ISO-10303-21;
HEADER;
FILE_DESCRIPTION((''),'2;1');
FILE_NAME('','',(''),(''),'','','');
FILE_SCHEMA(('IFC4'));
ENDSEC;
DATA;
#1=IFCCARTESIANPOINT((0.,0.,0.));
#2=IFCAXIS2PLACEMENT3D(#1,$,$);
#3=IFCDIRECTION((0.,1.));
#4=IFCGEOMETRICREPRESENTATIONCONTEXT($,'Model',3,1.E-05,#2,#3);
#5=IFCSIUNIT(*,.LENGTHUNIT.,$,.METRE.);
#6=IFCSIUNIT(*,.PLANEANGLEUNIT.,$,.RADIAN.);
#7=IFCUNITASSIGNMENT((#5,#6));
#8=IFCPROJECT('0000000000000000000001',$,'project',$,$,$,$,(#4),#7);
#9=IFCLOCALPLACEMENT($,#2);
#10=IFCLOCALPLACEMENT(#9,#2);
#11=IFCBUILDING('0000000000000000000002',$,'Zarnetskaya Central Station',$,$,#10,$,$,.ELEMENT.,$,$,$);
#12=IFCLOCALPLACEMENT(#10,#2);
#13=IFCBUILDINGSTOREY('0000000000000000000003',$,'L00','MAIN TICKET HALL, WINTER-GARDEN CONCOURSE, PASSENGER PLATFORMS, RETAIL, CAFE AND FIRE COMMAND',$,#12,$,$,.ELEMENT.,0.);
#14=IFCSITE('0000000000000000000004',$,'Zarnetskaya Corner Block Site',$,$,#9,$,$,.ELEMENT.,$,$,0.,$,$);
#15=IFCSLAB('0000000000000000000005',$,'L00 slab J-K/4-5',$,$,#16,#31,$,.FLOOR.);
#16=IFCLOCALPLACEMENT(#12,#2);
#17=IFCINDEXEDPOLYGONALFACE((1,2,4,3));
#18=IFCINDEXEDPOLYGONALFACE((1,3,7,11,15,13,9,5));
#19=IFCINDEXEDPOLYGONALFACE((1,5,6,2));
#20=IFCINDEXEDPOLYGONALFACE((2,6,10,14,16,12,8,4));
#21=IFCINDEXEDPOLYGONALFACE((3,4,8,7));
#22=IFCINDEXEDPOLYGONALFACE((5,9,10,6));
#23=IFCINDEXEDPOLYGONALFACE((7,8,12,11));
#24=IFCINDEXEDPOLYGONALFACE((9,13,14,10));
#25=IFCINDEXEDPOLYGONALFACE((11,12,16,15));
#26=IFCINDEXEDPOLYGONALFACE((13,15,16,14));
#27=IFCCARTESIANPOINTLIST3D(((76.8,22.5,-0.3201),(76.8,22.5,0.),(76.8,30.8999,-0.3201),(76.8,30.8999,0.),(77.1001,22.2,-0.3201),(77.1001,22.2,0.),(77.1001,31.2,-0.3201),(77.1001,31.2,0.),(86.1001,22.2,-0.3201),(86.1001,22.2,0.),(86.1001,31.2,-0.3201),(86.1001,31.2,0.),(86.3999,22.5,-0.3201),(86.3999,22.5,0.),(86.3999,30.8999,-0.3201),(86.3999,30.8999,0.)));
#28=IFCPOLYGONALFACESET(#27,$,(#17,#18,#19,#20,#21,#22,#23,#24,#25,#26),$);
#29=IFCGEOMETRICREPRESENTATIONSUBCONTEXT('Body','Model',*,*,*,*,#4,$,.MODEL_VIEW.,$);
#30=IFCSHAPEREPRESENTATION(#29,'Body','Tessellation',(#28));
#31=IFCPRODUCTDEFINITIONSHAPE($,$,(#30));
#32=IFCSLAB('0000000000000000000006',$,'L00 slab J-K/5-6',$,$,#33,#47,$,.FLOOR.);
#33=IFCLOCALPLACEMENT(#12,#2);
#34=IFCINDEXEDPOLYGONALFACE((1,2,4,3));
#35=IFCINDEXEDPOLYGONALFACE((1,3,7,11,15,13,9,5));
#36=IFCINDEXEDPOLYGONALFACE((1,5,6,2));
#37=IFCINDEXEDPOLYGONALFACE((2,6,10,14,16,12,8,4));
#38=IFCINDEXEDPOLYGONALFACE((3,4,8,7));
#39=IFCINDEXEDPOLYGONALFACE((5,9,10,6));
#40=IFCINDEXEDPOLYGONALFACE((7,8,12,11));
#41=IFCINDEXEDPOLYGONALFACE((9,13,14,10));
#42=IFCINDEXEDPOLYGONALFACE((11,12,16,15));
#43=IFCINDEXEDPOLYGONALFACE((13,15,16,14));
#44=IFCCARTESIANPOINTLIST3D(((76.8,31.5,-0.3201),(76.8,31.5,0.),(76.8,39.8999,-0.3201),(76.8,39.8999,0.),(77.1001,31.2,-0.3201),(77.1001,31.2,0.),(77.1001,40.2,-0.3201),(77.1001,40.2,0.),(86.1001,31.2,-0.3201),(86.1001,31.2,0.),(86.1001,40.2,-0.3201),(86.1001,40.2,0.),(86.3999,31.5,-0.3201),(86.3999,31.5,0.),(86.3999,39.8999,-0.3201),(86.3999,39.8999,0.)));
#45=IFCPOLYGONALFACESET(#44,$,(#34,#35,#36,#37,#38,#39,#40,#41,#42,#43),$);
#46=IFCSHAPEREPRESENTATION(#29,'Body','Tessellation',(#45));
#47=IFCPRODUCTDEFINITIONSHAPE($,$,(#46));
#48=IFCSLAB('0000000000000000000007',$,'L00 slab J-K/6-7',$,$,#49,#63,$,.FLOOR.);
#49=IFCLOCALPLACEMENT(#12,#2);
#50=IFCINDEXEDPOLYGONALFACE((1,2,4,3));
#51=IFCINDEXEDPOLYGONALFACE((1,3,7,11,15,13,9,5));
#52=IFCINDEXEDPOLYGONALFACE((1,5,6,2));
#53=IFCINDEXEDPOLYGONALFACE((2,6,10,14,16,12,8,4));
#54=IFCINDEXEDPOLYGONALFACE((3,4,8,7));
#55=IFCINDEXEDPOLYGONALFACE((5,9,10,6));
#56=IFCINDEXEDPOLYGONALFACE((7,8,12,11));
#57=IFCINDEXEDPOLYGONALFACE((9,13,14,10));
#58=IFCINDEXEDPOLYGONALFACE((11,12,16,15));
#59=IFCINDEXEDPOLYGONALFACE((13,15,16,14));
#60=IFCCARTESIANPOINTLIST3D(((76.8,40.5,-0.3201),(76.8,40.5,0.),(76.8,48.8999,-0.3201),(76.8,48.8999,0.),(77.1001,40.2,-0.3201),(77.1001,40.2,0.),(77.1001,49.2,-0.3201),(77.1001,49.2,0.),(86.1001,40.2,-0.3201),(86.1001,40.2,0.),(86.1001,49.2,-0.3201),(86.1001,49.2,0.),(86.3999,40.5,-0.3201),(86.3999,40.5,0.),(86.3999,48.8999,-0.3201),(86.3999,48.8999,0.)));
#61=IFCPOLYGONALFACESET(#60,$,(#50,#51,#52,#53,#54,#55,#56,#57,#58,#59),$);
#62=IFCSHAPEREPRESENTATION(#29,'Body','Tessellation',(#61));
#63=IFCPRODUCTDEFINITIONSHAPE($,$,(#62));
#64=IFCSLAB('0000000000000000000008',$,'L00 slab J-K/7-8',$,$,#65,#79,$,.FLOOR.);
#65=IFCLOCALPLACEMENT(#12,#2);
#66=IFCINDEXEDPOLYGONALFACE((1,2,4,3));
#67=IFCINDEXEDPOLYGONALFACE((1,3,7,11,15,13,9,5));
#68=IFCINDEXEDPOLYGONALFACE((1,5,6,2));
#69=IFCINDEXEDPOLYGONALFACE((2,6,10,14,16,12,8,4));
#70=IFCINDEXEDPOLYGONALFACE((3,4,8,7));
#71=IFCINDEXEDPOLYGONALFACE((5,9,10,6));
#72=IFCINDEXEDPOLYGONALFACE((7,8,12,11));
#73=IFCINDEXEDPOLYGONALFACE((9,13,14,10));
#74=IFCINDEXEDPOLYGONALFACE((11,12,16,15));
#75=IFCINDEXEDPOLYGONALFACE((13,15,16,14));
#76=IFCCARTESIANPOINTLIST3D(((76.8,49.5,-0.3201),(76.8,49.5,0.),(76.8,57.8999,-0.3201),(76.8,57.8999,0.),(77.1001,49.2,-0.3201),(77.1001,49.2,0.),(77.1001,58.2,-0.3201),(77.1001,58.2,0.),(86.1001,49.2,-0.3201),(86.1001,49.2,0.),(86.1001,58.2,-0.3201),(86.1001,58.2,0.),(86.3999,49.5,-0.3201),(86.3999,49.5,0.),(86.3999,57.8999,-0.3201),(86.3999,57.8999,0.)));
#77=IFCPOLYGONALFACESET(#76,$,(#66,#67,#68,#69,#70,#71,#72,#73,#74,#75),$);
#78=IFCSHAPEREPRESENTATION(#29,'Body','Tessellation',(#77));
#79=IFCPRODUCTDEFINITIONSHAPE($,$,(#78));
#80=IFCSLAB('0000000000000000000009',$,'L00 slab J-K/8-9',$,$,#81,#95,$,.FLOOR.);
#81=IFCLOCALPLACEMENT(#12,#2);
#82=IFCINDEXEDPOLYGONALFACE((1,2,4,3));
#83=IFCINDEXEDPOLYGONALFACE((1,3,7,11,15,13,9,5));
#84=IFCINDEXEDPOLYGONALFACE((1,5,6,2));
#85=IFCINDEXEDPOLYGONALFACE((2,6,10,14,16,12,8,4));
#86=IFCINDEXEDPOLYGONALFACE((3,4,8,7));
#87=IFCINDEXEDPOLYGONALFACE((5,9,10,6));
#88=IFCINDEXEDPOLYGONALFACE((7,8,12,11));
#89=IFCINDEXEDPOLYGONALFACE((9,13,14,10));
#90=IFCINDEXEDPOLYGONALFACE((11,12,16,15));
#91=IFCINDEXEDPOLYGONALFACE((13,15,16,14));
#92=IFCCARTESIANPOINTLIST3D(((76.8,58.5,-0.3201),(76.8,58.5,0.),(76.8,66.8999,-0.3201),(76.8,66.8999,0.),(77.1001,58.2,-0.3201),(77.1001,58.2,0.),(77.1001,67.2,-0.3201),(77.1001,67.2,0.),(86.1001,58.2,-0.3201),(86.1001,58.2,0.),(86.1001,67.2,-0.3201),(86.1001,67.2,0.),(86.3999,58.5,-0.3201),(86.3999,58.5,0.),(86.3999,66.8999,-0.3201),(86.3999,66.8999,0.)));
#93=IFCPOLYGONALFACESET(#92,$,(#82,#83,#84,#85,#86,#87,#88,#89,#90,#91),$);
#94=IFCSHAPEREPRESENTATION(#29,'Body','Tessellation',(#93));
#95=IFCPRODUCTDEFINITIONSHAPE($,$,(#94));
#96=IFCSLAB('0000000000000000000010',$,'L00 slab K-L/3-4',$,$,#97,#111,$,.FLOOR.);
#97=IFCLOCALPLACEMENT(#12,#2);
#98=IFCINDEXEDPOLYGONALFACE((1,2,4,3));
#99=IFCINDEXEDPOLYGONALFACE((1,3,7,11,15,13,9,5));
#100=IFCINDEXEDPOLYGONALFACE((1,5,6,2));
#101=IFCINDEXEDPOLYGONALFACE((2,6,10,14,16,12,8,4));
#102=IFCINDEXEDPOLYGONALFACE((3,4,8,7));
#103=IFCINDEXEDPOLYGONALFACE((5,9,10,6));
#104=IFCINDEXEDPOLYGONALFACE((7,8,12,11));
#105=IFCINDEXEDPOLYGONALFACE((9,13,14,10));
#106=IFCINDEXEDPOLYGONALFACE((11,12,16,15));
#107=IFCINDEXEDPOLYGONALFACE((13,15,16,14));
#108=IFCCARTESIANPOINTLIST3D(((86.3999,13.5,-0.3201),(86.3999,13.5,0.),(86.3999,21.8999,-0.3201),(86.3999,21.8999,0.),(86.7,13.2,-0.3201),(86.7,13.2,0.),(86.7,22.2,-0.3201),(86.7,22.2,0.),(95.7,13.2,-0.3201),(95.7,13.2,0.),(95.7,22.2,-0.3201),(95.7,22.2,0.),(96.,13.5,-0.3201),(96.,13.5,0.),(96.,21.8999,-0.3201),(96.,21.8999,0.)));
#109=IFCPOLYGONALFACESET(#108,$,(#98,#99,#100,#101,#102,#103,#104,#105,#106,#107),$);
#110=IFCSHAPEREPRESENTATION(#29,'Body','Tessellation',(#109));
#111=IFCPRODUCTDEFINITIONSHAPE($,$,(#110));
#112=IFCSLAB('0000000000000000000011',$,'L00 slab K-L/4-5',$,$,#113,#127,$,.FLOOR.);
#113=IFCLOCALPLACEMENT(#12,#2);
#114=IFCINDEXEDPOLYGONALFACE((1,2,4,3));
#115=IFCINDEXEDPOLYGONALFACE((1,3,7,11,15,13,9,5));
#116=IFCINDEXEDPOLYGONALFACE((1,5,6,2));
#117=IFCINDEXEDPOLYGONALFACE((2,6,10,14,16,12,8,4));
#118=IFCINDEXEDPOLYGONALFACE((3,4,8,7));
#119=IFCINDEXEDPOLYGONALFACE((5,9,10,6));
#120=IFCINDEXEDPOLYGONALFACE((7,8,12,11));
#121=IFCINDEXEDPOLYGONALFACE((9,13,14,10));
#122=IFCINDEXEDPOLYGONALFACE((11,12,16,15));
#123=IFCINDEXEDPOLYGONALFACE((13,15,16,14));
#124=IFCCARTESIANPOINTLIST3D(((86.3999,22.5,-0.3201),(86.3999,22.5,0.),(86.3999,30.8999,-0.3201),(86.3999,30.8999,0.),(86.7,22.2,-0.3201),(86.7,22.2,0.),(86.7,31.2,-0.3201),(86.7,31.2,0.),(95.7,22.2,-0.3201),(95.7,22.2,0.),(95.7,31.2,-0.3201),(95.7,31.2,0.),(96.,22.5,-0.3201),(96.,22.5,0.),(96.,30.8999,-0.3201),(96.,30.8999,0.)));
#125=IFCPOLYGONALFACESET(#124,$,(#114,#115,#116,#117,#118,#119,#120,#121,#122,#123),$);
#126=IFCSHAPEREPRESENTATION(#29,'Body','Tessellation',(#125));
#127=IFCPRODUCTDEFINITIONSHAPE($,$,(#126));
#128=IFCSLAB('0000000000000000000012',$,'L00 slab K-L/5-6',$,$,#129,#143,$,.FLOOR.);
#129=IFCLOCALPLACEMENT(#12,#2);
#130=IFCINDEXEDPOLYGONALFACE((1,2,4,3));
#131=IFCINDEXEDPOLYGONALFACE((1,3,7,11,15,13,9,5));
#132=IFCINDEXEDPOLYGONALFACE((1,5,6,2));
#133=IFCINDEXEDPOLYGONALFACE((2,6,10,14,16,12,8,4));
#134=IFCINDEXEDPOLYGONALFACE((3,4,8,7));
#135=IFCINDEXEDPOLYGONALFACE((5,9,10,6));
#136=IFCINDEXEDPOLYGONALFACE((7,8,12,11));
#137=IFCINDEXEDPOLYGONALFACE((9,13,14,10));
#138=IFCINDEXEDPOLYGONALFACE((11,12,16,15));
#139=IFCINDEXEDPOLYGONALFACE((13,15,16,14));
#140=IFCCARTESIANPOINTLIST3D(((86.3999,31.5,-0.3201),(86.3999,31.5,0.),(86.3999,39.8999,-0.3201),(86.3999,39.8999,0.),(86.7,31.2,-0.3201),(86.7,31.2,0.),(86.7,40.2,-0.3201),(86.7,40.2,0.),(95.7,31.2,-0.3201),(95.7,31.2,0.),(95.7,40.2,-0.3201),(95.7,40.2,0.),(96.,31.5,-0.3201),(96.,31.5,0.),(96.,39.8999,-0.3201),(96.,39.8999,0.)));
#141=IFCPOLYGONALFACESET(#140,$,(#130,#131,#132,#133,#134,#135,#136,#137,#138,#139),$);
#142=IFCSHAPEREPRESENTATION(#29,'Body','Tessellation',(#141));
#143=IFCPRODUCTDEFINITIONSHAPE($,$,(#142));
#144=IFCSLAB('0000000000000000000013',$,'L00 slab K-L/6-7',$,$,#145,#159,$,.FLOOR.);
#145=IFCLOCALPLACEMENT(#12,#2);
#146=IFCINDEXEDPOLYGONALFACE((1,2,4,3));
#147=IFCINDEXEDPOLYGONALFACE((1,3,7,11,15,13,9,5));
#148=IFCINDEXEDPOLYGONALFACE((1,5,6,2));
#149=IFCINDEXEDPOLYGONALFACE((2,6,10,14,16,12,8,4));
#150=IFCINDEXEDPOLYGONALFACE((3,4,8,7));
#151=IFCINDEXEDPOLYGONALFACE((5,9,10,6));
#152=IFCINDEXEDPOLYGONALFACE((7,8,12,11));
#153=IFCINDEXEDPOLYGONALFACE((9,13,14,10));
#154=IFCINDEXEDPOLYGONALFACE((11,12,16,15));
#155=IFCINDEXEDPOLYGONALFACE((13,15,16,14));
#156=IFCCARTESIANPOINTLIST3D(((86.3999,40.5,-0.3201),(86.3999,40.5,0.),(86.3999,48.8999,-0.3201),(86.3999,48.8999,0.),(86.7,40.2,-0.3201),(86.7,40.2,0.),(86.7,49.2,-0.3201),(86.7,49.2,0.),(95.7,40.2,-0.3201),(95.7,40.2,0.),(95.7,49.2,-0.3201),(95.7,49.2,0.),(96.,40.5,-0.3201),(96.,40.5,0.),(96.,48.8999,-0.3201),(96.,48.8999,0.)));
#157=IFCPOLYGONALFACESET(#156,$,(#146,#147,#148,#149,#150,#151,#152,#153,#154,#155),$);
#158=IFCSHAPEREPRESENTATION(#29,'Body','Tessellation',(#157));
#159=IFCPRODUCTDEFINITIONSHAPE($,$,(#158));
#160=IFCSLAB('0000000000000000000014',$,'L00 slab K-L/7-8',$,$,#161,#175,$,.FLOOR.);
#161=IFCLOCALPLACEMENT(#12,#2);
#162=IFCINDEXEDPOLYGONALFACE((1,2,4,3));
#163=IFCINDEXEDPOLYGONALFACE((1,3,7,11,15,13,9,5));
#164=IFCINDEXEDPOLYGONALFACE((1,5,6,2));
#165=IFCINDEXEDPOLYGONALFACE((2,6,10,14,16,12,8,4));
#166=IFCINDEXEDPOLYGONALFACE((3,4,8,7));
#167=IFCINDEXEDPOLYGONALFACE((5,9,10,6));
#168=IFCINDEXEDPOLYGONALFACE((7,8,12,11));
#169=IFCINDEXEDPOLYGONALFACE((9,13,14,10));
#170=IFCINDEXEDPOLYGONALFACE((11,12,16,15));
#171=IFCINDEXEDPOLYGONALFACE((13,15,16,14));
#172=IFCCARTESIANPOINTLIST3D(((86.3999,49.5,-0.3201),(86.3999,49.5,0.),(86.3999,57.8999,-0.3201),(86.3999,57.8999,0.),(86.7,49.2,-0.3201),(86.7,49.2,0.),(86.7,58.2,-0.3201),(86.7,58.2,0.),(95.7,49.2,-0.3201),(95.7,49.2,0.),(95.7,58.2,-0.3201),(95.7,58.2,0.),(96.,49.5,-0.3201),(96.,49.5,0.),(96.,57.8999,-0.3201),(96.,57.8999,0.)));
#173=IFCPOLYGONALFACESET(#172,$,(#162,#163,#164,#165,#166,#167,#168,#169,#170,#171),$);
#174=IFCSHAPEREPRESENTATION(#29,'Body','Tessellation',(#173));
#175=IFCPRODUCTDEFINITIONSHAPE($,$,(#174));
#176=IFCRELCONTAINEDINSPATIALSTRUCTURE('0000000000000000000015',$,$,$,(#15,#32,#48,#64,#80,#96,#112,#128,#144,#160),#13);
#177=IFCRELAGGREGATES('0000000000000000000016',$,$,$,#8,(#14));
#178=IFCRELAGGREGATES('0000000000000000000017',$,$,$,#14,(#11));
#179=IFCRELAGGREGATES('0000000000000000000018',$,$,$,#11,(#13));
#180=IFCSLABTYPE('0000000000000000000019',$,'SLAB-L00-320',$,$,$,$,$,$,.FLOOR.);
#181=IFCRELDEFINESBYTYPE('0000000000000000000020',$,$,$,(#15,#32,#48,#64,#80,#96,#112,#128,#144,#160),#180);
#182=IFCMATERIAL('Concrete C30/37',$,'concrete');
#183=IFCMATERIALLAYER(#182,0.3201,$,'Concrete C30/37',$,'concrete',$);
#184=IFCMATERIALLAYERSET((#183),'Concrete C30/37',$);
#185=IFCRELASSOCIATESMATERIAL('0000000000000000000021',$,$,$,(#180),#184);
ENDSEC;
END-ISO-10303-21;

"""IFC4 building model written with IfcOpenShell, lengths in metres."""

from ifc_helpers import new_model, si_unit, direction, frame, origin, place, context, subcontext, project, spatial, polyline, outline, extrude, material, layer, layer_set, type_object, element, save


model = new_model("IFC4")

# Units and contexts
model_context = context("Model", 3, precision=1e-05, world=origin(), true_north=direction((0.0, 1.0)))
body_context = subcontext(model_context, "Body", "Model", "MODEL_VIEW")
ifc_project = project(units=[si_unit("LENGTHUNIT", "METRE"), si_unit("PLANEANGLEUNIT", "RADIAN")], contexts=[model_context])

# Site, building, storey
site_placement = place(None, origin())
site = spatial("IfcSite", under=ifc_project, at=site_placement, Name="Zarnetskaya Corner Block Site", CompositionType="ELEMENT", RefElevation=0.0)
building_placement = place(site_placement, origin())
building = spatial("IfcBuilding", under=site, at=building_placement, Name="Zarnetskaya Central Station", CompositionType="ELEMENT")
storey_placement = place(building_placement, origin())
storey = spatial("IfcBuildingStorey", under=building, at=storey_placement, Name="L00", Description="MAIN TICKET HALL, WINTER-GARDEN CONCOURSE, PASSENGER PLATFORMS, RETAIL, CAFE AND FIRE COMMAND", CompositionType="ELEMENT", Elevation=0.0)

# Slabs
ifc_material = material(Name="Concrete C30/37", Category="concrete")
ifc_layer = layer(ifc_material, 0.3201, Name="Concrete C30/37", Category="concrete")
ifc_layer_set = layer_set([ifc_layer], Name="Concrete C30/37")
slab_type = type_object("IfcSlabType", Name="SLAB-L00-320", PredefinedType="FLOOR", material=ifc_layer_set)
slab_1_placement = place(storey_placement, frame((0.0, 0.0, -0.3201)))
element("IfcSlab", 1, at=slab_1_placement, inside=storey, type_object=slab_type, Name="L00 slab J-K/4-5", PredefinedType="FLOOR", context=body_context, shape_type="SweptSolid", body=[
    extrude(outline(polyline([(77.1001, 22.2), (86.1001, 22.2), (86.3999, 22.5), (86.3999, 30.8999), (86.1001, 31.2), (77.1001, 31.2), (76.8, 30.8999), (76.8, 22.5), (77.1001, 22.2)])), origin(), (0.0, 0.0, 1.0), 0.3201),
])
slab_2_placement = place(storey_placement, frame((0.0, 0.0, -0.3201)))
element("IfcSlab", 2, at=slab_2_placement, inside=storey, type_object=slab_type, Name="L00 slab J-K/5-6", PredefinedType="FLOOR", context=body_context, shape_type="SweptSolid", body=[
    extrude(outline(polyline([(77.1001, 31.2), (86.1001, 31.2), (86.3999, 31.5), (86.3999, 39.8999), (86.1001, 40.2), (77.1001, 40.2), (76.8, 39.8999), (76.8, 31.5), (77.1001, 31.2)])), origin(), (0.0, 0.0, 1.0), 0.3201),
])
slab_3_placement = place(storey_placement, frame((0.0, 0.0, -0.3201)))
element("IfcSlab", 3, at=slab_3_placement, inside=storey, type_object=slab_type, Name="L00 slab J-K/6-7", PredefinedType="FLOOR", context=body_context, shape_type="SweptSolid", body=[
    extrude(outline(polyline([(77.1001, 40.2), (86.1001, 40.2), (86.3999, 40.5), (86.3999, 48.8999), (86.1001, 49.2), (77.1001, 49.2), (76.8, 48.8999), (76.8, 40.5), (77.1001, 40.2)])), origin(), (0.0, 0.0, 1.0), 0.3201),
])
slab_4_placement = place(storey_placement, frame((0.0, 0.0, -0.3201)))
element("IfcSlab", 4, at=slab_4_placement, inside=storey, type_object=slab_type, Name="L00 slab J-K/7-8", PredefinedType="FLOOR", context=body_context, shape_type="SweptSolid", body=[
    extrude(outline(polyline([(77.1001, 49.2), (86.1001, 49.2), (86.3999, 49.5), (86.3999, 57.8999), (86.1001, 58.2), (77.1001, 58.2), (76.8, 57.8999), (76.8, 49.5), (77.1001, 49.2)])), origin(), (0.0, 0.0, 1.0), 0.3201),
])
slab_5_placement = place(storey_placement, frame((0.0, 0.0, -0.3201)))
element("IfcSlab", 5, at=slab_5_placement, inside=storey, type_object=slab_type, Name="L00 slab J-K/8-9", PredefinedType="FLOOR", context=body_context, shape_type="SweptSolid", body=[
    extrude(outline(polyline([(77.1001, 58.2), (86.1001, 58.2), (86.3999, 58.5), (86.3999, 66.8999), (86.1001, 67.2), (77.1001, 67.2), (76.8, 66.8999), (76.8, 58.5), (77.1001, 58.2)])), origin(), (0.0, 0.0, 1.0), 0.3201),
])
slab_6_placement = place(storey_placement, frame((0.0, 0.0, -0.3201)))
element("IfcSlab", 6, at=slab_6_placement, inside=storey, type_object=slab_type, Name="L00 slab K-L/3-4", PredefinedType="FLOOR", context=body_context, shape_type="SweptSolid", body=[
    extrude(outline(polyline([(86.7, 13.2), (95.7, 13.2), (96.0, 13.5), (96.0, 21.8999), (95.7, 22.2), (86.7, 22.2), (86.3999, 21.8999), (86.3999, 13.5), (86.7, 13.2)])), origin(), (0.0, 0.0, 1.0), 0.3201),
])
slab_7_placement = place(storey_placement, frame((0.0, 0.0, -0.3201)))
element("IfcSlab", 7, at=slab_7_placement, inside=storey, type_object=slab_type, Name="L00 slab K-L/4-5", PredefinedType="FLOOR", context=body_context, shape_type="SweptSolid", body=[
    extrude(outline(polyline([(86.7, 22.2), (95.7, 22.2), (96.0, 22.5), (96.0, 30.8999), (95.7, 31.2), (86.7, 31.2), (86.3999, 30.8999), (86.3999, 22.5), (86.7, 22.2)])), origin(), (0.0, 0.0, 1.0), 0.3201),
])
slab_8_placement = place(storey_placement, frame((0.0, 0.0, -0.3201)))
element("IfcSlab", 8, at=slab_8_placement, inside=storey, type_object=slab_type, Name="L00 slab K-L/5-6", PredefinedType="FLOOR", context=body_context, shape_type="SweptSolid", body=[
    extrude(outline(polyline([(86.7, 31.2), (95.7, 31.2), (96.0, 31.5), (96.0, 39.8999), (95.7, 40.2), (86.7, 40.2), (86.3999, 39.8999), (86.3999, 31.5), (86.7, 31.2)])), origin(), (0.0, 0.0, 1.0), 0.3201),
])
slab_9_placement = place(storey_placement, frame((0.0, 0.0, -0.3201)))
element("IfcSlab", 9, at=slab_9_placement, inside=storey, type_object=slab_type, Name="L00 slab K-L/6-7", PredefinedType="FLOOR", context=body_context, shape_type="SweptSolid", body=[
    extrude(outline(polyline([(86.7, 40.2), (95.7, 40.2), (96.0, 40.5), (96.0, 48.8999), (95.7, 49.2), (86.7, 49.2), (86.3999, 48.8999), (86.3999, 40.5), (86.7, 40.2)])), origin(), (0.0, 0.0, 1.0), 0.3201),
])
slab_10_placement = place(storey_placement, frame((0.0, 0.0, -0.3201)))
element("IfcSlab", 10, at=slab_10_placement, inside=storey, type_object=slab_type, Name="L00 slab K-L/7-8", PredefinedType="FLOOR", context=body_context, shape_type="SweptSolid", body=[
    extrude(outline(polyline([(86.7, 49.2), (95.7, 49.2), (96.0, 49.5), (96.0, 57.8999), (95.7, 58.2), (86.7, 58.2), (86.3999, 57.8999), (86.3999, 49.5), (86.7, 49.2)])), origin(), (0.0, 0.0, 1.0), 0.3201),
])

save(model, "model.ifc")
